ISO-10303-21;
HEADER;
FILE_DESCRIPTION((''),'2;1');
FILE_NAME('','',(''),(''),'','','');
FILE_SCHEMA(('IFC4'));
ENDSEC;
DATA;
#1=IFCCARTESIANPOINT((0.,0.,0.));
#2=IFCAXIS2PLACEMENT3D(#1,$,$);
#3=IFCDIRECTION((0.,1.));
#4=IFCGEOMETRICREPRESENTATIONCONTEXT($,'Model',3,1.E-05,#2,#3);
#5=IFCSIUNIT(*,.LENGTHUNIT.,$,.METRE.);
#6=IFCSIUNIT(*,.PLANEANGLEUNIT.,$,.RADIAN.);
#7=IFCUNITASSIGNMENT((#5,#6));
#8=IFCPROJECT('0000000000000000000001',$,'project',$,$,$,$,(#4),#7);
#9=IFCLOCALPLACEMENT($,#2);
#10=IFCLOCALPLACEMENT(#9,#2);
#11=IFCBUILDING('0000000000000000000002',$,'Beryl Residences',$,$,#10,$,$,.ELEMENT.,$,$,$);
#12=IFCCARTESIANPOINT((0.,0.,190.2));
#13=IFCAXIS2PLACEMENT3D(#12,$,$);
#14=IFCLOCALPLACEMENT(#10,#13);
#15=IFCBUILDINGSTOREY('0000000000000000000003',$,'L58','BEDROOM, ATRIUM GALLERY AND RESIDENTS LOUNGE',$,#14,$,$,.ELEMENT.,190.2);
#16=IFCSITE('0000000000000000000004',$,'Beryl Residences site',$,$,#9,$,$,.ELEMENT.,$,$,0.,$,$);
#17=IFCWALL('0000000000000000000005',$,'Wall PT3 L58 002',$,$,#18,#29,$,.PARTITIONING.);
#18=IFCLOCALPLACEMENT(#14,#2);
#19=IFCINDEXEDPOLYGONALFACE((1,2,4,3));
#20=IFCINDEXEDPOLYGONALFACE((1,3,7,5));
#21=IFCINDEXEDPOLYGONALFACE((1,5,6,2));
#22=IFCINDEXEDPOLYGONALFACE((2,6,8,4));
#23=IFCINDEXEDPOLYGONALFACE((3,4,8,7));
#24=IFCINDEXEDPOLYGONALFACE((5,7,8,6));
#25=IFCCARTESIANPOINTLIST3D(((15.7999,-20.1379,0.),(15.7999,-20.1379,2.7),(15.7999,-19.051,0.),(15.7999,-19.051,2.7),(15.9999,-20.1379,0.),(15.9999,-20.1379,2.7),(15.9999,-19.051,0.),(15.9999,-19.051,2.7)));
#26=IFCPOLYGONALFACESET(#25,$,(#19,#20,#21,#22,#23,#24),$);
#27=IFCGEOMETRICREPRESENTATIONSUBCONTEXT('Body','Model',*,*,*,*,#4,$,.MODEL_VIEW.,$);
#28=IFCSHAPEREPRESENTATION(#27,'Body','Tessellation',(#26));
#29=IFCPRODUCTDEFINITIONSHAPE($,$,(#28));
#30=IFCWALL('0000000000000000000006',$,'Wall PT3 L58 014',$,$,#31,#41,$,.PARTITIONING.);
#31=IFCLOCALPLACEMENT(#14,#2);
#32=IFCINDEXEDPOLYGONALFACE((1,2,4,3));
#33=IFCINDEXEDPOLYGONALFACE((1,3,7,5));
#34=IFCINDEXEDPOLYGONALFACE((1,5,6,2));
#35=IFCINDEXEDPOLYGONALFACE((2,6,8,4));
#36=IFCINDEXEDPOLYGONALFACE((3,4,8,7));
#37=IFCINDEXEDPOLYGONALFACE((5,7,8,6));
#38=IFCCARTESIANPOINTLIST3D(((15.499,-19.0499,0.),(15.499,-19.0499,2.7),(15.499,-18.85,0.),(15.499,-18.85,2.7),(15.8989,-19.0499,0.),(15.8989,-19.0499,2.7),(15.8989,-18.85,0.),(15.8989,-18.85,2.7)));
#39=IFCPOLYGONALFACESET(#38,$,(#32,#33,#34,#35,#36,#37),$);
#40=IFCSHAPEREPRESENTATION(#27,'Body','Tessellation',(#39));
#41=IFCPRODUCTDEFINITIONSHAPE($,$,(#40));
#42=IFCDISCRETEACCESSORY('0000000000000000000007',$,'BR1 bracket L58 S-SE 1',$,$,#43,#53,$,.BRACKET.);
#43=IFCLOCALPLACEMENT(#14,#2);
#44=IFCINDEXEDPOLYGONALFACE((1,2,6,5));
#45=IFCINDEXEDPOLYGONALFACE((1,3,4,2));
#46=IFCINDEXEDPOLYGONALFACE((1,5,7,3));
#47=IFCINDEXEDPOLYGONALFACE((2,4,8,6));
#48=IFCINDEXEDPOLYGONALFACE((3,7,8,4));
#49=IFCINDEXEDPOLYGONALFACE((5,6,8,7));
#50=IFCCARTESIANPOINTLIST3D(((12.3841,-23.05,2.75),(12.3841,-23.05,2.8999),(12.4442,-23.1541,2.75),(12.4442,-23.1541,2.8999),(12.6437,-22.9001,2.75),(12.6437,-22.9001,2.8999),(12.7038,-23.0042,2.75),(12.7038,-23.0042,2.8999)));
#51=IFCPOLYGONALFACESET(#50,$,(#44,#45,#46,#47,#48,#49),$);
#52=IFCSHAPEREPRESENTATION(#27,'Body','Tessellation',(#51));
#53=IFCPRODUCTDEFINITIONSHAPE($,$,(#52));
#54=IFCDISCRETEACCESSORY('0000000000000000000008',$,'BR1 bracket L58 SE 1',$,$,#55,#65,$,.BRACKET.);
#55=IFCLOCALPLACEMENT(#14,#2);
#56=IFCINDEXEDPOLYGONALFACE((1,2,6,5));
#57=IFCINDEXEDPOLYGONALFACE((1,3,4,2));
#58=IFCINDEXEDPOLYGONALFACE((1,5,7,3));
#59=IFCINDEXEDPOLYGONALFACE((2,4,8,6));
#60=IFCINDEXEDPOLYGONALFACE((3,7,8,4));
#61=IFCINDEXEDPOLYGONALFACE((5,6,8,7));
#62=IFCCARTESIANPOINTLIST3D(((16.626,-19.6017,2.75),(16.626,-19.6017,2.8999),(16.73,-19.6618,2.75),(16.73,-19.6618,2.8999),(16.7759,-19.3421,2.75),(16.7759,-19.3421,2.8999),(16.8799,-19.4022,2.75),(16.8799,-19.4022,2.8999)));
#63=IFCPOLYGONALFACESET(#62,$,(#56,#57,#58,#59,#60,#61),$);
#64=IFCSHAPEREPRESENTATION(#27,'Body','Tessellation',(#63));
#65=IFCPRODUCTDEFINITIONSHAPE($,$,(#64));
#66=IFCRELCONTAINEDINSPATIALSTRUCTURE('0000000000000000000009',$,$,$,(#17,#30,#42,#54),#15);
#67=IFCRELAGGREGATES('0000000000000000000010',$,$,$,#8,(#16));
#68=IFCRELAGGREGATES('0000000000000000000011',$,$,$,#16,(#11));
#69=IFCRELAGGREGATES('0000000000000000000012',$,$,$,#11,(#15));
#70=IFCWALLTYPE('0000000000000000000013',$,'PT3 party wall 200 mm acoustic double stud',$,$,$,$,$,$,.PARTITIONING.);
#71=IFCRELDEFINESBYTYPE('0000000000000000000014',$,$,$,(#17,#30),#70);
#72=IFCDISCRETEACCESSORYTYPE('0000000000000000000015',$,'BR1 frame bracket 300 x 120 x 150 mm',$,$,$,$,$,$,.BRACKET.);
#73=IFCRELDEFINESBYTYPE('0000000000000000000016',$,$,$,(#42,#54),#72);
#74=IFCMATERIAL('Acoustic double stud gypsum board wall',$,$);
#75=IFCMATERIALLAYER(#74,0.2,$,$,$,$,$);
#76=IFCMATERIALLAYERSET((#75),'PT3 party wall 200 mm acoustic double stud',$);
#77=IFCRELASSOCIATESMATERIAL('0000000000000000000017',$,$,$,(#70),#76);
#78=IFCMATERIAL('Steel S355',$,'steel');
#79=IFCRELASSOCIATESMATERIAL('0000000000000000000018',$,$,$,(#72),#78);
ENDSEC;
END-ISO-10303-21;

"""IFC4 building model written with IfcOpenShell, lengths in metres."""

from ifc_helpers import new_model, si_unit, direction, frame, frame_2d, origin, place, context, subcontext, project, spatial, polyline, rectangle, outline, extrude, source, transform, mapped, material, layer, layer_set, type_object, type_shapes, element, save


model = new_model("IFC4")

# Units and contexts
model_context = context("Model", 3, precision=1e-05, world=origin(), true_north=direction((0.0, 1.0)))
body_context = subcontext(model_context, "Body", "Model", "MODEL_VIEW")
ifc_project = project(units=[si_unit("LENGTHUNIT", "METRE"), si_unit("PLANEANGLEUNIT", "RADIAN")], contexts=[model_context])

# Site, building, storey
site_placement = place(None, origin())
site = spatial("IfcSite", under=ifc_project, at=site_placement, Name="Beryl Residences site", CompositionType="ELEMENT", RefElevation=0.0)
building_placement = place(site_placement, origin())
building = spatial("IfcBuilding", under=site, at=building_placement, Name="Beryl Residences", CompositionType="ELEMENT")
storey_placement = place(building_placement, frame((0.0, 0.0, 190.2)))
storey = spatial("IfcBuildingStorey", under=building, at=storey_placement, Name="L58", Description="BEDROOM, ATRIUM GALLERY AND RESIDENTS LOUNGE", CompositionType="ELEMENT", Elevation=190.2)

# Walls
ifc_material_1 = material(Name="Acoustic double stud gypsum board wall")
ifc_layer_1 = layer(ifc_material_1, 0.2)
ifc_layer_set_1 = layer_set([ifc_layer_1], Name="PT3 party wall 200 mm acoustic double stud")
wall_type_1 = type_object("IfcWallType", Name="PT3 party wall 200 mm acoustic double stud", PredefinedType="PARTITIONING", material=ifc_layer_set_1)
wall_1_placement = place(storey_placement, frame((15.8999, -19.051, 0.0), z_axis=(0.0, 0.0, 1.0), x_axis=(0.0, -1.0, 0.0)))
element("IfcWall", 1, at=wall_1_placement, inside=storey, type_object=wall_type_1, Name="Wall PT3 L58 002", PredefinedType="PARTITIONING", context=body_context, shape_type="SweptSolid", body=[
    extrude(rectangle(XDim=1.0869, YDim=0.2, at=frame_2d((0.5435, 0.0))), origin(), (0.0, 0.0, 1.0), 2.7),
])
wall_2_placement = place(storey_placement, frame((15.499, -18.95, 0.0), z_axis=(0.0, 0.0, 1.0), x_axis=(1.0, 0.0, 0.0)))
element("IfcWall", 2, at=wall_2_placement, inside=storey, type_object=wall_type_1, Name="Wall PT3 L58 014", PredefinedType="PARTITIONING", context=body_context, shape_type="SweptSolid", body=[
    extrude(rectangle(XDim=0.3999, YDim=0.2, at=frame_2d((0.2, 0.0))), origin(), (0.0, 0.0, 1.0), 2.7),
])

# Discrete accessories
ifc_material_2 = material(Name="Steel S355", Category="steel")
discrete_accessory_type = type_object("IfcDiscreteAccessoryType", Name="BR1 frame bracket 300 x 120 x 150 mm", PredefinedType="BRACKET", material=ifc_material_2)
shared_shape_1 = source(origin(), body_context, "Body", "SweptSolid", [
    extrude(outline(polyline([(-0.1499, 0.0), (0.1499, 0.0), (0.1499, 0.1201), (-0.1499, 0.1201), (-0.1499, 0.0)])), origin(), (0.0, 0.0, 1.0), 0.1499),
])
type_shapes(discrete_accessory_type, [shared_shape_1])
for number, where, z_axis, x_axis, name in (
    (3, (12.5139, -22.9751, 2.75), (0.0, 0.0, 1.0), (-0.866025, -0.5, 0.0), "BR1 bracket L58 S-SE 1"),
    (4, (16.7009, -19.4719, 2.75), (0.0, 0.0, 1.0), (-0.5, -0.866025, 0.0), "BR1 bracket L58 SE 1"),
):
    element("IfcDiscreteAccessory", number, at=place(storey_placement, frame(where, z_axis=z_axis, x_axis=x_axis)), inside=storey, type_object=discrete_accessory_type, Name=name, PredefinedType="BRACKET", context=body_context, shape_type="MappedRepresentation", body=[
        mapped(shared_shape_1, transform((0.0, 0.0, 0.0))),
    ])

save(model, "model.ifc")
